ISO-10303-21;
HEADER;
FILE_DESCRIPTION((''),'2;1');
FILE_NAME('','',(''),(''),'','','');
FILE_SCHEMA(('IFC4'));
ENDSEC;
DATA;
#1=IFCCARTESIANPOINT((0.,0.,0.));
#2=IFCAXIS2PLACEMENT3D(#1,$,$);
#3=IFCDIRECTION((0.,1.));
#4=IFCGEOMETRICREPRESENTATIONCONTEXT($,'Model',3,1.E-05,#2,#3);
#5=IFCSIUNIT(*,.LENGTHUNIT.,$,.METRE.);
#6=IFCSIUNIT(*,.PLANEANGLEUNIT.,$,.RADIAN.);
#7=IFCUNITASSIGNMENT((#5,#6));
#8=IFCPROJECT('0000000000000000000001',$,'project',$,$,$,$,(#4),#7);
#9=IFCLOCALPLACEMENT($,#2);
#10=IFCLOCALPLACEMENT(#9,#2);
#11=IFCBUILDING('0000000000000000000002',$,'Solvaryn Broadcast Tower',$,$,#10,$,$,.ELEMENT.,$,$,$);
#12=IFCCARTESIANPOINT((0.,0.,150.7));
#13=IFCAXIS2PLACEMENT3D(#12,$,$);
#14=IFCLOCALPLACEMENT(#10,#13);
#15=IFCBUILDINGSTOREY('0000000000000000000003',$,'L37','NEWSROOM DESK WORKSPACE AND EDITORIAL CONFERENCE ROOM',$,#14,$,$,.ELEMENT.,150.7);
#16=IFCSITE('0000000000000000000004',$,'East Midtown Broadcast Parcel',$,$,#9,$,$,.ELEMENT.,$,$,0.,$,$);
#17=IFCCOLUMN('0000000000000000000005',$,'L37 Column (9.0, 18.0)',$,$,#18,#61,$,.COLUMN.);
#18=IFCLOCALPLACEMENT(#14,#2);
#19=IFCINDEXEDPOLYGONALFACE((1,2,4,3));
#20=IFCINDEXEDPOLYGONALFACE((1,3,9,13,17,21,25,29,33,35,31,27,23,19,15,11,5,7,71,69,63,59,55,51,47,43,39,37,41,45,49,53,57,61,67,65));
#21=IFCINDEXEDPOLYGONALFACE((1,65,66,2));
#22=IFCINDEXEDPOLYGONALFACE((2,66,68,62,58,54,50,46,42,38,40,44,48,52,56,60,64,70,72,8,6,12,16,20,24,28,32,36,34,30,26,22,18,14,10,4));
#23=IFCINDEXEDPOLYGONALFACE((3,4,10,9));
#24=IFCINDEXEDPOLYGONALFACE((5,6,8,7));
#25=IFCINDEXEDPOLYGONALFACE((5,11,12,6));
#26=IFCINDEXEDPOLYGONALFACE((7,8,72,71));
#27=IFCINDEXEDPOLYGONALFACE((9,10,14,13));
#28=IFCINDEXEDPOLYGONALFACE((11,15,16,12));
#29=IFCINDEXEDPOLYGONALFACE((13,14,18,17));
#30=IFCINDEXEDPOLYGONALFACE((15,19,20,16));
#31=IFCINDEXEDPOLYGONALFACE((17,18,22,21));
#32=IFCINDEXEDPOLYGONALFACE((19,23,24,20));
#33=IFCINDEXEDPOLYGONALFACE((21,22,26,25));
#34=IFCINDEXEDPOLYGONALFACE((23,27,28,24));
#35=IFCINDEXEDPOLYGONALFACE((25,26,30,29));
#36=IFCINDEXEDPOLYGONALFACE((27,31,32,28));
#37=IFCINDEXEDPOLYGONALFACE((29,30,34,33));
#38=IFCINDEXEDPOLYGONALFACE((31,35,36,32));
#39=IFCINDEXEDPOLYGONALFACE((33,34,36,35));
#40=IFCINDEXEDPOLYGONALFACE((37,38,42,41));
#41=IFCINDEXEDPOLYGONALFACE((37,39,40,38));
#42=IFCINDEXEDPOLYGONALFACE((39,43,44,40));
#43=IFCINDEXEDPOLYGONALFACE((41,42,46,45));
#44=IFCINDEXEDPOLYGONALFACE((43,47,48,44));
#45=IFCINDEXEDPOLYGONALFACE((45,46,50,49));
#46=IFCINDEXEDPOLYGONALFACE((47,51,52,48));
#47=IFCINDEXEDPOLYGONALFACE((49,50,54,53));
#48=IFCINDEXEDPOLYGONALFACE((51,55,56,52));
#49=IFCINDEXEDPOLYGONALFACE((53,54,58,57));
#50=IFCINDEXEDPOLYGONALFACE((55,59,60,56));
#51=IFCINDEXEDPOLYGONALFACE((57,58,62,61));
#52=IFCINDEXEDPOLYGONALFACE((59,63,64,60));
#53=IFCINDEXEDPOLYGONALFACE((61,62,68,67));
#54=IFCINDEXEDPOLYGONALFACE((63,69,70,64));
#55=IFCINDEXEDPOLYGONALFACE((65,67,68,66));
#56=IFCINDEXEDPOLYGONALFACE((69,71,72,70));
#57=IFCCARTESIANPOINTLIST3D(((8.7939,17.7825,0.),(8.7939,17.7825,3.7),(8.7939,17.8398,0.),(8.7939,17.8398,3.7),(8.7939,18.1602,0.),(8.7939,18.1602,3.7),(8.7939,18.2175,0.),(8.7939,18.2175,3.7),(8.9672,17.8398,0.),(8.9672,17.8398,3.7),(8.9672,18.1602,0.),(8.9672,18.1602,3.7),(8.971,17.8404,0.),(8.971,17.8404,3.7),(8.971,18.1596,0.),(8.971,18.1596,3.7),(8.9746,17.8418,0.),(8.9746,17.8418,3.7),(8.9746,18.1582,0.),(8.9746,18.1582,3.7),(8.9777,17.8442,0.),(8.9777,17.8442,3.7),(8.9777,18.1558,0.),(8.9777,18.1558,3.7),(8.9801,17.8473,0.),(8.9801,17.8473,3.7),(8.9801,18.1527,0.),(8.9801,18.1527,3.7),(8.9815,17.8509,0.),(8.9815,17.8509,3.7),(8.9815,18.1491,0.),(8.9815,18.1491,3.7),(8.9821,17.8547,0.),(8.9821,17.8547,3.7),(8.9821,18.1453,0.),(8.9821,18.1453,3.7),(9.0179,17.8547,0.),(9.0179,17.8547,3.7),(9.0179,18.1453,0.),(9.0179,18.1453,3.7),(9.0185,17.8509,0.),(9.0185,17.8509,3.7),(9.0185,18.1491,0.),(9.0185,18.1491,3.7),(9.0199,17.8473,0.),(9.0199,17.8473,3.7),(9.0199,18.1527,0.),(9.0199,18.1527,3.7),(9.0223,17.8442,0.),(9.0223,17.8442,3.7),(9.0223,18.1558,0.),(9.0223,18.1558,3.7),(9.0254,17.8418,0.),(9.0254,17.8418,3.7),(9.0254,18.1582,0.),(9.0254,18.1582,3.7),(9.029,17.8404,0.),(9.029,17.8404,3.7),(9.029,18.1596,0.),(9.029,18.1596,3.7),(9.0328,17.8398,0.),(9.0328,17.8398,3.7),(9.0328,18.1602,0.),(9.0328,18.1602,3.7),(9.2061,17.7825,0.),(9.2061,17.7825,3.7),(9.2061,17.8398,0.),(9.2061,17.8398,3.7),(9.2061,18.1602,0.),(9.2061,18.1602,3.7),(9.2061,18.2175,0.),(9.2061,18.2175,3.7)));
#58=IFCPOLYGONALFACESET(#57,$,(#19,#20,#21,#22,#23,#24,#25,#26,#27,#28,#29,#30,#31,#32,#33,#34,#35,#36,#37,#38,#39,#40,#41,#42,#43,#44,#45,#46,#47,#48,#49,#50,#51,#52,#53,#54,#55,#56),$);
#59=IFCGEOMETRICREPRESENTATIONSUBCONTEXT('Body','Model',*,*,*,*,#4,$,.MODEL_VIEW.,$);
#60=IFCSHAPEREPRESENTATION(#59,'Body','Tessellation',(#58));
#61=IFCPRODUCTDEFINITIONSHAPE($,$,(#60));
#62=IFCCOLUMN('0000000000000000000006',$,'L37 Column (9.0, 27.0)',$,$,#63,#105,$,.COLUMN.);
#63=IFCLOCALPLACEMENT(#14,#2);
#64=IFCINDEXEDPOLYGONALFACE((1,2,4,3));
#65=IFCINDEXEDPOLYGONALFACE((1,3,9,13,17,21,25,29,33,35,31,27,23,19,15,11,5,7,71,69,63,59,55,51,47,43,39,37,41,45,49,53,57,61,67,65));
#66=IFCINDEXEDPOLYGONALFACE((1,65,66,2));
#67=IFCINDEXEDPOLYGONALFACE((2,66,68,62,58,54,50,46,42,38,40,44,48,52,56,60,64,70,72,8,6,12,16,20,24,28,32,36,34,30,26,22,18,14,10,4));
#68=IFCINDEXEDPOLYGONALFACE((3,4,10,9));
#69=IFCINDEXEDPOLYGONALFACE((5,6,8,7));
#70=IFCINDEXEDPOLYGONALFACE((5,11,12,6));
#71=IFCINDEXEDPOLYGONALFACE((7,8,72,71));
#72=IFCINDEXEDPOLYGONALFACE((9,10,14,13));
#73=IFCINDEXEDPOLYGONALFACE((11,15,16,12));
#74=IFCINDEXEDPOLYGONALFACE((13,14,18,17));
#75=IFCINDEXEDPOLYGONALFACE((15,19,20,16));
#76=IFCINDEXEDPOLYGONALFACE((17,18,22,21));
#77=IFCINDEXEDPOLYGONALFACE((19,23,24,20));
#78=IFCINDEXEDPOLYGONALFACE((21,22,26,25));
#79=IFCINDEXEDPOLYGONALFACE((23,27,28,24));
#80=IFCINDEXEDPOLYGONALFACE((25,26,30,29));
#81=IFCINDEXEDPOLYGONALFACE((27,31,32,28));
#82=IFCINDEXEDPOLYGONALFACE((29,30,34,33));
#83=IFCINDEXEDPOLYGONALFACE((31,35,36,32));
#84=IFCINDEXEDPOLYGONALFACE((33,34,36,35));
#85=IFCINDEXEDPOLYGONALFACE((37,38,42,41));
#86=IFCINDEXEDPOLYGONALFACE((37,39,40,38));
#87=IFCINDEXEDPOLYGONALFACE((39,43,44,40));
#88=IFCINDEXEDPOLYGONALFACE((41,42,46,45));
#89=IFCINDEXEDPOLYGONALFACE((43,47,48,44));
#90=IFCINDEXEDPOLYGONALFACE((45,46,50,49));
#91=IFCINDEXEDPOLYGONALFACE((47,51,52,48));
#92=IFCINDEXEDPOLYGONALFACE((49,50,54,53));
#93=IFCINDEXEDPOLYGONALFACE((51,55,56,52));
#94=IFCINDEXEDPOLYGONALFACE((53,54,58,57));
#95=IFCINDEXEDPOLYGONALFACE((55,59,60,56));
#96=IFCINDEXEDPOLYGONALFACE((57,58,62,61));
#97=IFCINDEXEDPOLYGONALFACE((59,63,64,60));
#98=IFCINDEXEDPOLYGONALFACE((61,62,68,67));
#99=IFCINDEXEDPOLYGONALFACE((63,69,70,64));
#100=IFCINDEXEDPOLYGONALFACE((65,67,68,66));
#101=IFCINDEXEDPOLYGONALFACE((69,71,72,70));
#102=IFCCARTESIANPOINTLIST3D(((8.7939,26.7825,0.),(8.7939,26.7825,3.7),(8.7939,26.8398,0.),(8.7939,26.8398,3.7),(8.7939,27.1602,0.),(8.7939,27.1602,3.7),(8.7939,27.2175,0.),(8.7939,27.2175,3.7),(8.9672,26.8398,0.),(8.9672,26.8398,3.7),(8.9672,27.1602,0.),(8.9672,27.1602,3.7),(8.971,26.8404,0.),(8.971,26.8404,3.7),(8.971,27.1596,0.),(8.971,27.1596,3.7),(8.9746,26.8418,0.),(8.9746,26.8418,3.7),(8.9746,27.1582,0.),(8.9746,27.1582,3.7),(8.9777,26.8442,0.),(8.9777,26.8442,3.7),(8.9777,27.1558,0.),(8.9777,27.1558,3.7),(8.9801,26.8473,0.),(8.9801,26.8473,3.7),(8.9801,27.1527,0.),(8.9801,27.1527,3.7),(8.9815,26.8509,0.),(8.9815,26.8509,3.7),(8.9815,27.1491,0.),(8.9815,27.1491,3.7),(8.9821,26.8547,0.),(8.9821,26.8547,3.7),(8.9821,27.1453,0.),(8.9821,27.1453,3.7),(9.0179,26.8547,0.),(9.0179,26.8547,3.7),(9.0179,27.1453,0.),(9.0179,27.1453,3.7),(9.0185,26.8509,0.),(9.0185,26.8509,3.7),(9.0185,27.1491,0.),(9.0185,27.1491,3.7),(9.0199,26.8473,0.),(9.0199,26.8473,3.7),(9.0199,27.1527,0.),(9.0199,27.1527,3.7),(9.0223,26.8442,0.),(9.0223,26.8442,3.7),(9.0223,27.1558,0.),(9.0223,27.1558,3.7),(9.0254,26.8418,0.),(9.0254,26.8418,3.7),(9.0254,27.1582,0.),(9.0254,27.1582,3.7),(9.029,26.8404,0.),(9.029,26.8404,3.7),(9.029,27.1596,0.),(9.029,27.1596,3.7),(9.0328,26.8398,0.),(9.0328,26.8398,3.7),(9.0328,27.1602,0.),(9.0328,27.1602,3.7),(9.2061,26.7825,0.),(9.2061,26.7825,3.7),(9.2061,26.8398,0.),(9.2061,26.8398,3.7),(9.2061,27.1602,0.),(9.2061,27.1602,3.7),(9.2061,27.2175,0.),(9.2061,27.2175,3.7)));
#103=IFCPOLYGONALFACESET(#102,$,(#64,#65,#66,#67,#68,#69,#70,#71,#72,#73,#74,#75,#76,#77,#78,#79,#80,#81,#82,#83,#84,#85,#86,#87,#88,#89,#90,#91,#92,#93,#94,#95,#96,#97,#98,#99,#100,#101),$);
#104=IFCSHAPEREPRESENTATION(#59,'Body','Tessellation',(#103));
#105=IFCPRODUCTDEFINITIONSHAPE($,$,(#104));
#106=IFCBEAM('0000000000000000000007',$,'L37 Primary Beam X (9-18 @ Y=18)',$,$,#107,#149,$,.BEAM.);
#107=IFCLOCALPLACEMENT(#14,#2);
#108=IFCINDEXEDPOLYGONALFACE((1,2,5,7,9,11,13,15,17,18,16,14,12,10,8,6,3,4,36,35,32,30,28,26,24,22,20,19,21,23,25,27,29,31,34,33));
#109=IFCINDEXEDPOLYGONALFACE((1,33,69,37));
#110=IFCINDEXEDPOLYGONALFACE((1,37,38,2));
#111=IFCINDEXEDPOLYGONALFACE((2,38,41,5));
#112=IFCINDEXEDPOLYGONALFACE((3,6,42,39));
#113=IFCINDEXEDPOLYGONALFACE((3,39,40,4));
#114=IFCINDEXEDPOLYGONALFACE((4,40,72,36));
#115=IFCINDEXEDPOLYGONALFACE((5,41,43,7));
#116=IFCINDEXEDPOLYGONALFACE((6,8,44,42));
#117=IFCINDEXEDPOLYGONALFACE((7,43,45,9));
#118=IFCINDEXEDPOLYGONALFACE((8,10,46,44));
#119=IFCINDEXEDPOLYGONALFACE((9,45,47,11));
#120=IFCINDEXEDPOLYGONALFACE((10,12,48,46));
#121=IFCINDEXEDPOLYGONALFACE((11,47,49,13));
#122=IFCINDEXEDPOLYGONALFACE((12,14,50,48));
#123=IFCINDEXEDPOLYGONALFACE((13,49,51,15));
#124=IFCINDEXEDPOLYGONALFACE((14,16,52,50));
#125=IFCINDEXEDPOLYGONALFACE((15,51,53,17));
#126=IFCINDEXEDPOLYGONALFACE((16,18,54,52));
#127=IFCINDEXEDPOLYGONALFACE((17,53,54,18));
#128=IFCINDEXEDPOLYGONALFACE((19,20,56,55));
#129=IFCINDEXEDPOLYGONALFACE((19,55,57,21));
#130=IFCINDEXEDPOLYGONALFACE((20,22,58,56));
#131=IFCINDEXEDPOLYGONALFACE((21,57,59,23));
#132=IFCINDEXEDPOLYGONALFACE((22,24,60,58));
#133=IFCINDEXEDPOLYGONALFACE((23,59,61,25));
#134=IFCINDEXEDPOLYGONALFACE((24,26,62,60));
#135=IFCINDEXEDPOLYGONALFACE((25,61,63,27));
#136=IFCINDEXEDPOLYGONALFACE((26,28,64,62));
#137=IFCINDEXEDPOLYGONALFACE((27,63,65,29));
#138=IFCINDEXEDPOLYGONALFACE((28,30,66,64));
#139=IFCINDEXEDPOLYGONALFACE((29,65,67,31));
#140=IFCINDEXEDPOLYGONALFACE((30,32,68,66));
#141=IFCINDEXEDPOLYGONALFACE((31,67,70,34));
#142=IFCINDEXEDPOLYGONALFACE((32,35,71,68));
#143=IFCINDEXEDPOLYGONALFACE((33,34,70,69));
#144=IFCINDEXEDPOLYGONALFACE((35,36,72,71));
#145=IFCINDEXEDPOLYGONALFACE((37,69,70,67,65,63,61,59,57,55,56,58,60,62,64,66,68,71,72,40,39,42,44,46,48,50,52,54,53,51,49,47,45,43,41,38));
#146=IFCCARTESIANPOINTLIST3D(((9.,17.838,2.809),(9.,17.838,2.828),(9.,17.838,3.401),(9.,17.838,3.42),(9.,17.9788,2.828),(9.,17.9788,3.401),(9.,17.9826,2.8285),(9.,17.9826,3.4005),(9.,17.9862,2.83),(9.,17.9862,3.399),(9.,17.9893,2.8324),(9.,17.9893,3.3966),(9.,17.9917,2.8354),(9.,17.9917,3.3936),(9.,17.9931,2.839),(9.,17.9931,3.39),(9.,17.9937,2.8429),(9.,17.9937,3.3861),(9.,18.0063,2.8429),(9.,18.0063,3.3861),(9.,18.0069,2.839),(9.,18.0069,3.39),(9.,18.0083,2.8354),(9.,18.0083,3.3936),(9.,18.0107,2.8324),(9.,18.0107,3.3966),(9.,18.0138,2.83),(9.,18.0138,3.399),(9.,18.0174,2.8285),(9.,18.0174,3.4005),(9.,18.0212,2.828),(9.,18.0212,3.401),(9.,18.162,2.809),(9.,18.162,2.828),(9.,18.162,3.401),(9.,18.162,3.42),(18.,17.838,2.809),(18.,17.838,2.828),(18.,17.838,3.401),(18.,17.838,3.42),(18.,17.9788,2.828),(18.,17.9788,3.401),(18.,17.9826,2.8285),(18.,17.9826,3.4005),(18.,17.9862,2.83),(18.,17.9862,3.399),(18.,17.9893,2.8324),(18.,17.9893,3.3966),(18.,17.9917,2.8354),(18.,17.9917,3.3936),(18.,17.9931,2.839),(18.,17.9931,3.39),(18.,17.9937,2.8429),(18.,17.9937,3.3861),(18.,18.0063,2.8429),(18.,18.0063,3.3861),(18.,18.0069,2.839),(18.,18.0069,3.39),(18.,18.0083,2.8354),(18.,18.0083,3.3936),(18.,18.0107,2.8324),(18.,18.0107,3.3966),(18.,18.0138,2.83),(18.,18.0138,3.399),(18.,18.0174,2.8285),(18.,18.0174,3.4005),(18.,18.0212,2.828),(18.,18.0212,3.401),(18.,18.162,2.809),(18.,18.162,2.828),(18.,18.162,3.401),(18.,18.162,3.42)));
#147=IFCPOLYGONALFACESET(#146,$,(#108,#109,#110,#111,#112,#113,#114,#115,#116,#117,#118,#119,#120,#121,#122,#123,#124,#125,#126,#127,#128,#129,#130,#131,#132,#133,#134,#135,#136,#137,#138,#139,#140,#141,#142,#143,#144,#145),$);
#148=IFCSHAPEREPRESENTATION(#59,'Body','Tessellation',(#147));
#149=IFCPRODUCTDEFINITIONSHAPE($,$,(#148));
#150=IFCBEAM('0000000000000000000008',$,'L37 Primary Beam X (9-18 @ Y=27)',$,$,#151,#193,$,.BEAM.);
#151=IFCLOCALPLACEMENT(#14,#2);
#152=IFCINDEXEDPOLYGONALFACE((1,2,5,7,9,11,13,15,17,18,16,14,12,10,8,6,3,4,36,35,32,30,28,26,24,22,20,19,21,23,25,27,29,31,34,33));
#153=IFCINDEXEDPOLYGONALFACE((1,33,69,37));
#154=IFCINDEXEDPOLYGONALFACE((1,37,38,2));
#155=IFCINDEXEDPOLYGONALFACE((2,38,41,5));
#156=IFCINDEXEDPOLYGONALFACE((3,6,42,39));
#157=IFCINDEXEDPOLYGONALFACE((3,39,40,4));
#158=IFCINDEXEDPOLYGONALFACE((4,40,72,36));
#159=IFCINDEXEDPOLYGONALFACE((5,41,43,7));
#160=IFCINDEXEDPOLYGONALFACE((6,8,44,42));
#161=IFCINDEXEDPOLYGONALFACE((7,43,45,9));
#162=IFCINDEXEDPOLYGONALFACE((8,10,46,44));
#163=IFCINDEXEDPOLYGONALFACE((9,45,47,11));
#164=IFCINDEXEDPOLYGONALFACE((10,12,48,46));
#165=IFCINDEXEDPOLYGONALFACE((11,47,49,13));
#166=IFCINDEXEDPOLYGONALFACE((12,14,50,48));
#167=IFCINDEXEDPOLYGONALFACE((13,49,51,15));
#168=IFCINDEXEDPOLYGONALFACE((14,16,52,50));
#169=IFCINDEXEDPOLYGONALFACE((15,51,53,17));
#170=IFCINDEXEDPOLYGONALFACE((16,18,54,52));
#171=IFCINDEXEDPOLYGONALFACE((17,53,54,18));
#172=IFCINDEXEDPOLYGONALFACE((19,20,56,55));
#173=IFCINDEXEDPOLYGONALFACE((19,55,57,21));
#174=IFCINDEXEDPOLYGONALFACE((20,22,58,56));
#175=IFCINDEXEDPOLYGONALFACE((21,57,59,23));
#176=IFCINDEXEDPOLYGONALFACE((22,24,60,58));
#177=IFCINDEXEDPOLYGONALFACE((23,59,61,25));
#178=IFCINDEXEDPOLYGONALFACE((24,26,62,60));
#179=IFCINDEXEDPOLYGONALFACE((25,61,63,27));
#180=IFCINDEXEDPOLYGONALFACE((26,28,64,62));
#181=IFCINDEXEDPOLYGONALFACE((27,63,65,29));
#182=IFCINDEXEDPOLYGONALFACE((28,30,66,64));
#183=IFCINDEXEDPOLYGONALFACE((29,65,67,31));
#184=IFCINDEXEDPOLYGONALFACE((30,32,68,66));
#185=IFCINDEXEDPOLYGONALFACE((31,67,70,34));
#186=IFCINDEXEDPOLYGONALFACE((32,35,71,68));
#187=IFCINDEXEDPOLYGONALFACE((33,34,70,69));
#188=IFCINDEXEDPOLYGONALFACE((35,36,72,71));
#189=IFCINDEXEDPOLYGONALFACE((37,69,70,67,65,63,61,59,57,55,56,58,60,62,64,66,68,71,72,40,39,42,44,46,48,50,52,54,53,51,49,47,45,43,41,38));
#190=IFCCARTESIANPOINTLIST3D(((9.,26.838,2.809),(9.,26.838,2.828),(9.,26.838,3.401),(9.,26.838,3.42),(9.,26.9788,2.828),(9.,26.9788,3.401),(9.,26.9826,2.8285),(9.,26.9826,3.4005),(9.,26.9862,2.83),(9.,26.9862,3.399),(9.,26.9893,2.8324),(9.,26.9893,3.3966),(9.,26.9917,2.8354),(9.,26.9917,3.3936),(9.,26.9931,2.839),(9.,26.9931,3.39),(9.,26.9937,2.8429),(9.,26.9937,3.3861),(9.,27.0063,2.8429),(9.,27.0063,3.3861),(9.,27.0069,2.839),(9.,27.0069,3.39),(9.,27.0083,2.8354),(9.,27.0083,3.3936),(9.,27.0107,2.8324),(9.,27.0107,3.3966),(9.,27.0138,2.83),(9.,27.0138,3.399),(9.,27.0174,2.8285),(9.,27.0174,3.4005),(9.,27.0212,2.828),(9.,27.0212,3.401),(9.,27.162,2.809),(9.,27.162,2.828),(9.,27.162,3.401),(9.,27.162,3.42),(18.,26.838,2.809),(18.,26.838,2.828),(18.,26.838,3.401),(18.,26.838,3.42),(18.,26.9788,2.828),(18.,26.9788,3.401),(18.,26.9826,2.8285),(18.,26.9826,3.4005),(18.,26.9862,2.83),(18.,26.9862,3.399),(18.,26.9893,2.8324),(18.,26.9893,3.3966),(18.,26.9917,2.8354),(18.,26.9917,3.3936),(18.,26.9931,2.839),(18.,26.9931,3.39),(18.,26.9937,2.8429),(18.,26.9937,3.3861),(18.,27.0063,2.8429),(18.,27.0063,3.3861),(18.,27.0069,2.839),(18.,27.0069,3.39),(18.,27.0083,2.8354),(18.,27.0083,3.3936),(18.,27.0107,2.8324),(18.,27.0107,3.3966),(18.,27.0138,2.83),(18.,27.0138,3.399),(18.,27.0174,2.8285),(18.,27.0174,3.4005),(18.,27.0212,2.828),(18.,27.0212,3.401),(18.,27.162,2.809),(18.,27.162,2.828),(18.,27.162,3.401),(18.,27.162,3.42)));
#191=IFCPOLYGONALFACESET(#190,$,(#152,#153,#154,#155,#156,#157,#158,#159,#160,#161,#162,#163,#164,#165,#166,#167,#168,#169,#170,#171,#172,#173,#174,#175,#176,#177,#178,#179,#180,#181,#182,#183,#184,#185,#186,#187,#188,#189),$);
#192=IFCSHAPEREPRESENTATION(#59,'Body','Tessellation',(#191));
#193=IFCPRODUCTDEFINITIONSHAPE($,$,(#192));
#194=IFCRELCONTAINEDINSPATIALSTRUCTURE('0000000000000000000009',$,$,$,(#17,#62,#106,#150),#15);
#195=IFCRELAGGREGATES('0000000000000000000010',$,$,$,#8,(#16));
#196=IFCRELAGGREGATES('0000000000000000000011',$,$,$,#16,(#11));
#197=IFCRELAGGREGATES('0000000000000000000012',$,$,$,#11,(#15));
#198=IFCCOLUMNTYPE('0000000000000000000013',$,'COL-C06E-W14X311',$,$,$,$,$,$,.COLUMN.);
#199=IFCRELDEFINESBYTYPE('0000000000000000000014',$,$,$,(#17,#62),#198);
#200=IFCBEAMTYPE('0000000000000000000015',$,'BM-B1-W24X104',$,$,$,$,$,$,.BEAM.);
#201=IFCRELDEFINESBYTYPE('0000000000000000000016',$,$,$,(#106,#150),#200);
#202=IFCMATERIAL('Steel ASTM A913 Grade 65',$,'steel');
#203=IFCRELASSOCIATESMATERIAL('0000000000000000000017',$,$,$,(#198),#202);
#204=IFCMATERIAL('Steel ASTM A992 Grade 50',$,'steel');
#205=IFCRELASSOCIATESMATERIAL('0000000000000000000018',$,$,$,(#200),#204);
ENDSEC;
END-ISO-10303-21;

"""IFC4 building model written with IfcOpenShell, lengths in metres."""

from ifc_helpers import new_model, si_unit, direction, frame, origin, origin_2d, place, context, subcontext, project, spatial, i_section, extrude, material, material_profile, profile_set, type_object, element, save


model = new_model("IFC4")

# Units and contexts
model_context = context("Model", 3, precision=1e-05, world=origin(), true_north=direction((0.0, 1.0)))
body_context = subcontext(model_context, "Body", "Model", "MODEL_VIEW")
ifc_project = project(units=[si_unit("LENGTHUNIT", "METRE"), si_unit("PLANEANGLEUNIT", "RADIAN")], contexts=[model_context])

# Site, building, storey
site_placement = place(None, origin())
site = spatial("IfcSite", under=ifc_project, at=site_placement, Name="East Midtown Broadcast Parcel", CompositionType="ELEMENT", RefElevation=0.0)
building_placement = place(site_placement, origin())
building = spatial("IfcBuilding", under=site, at=building_placement, Name="Solvaryn Broadcast Tower", CompositionType="ELEMENT")
storey_placement = place(building_placement, frame((0.0, 0.0, 150.7)))
storey = spatial("IfcBuildingStorey", under=building, at=storey_placement, Name="L37", Description="NEWSROOM DESK WORKSPACE AND EDITORIAL CONFERENCE ROOM", CompositionType="ELEMENT", Elevation=150.7)

# Columns
ifc_material_1 = material(Name="Steel ASTM A913 Grade 65", Category="steel")
ifc_material_profile_1 = material_profile(ifc_material_1, i_section(OverallWidth=0.4121, OverallDepth=0.4351, WebThickness=0.0359, FlangeThickness=0.0574, FilletRadius=0.0149, at=origin_2d()))
ifc_profile_set_1 = profile_set([ifc_material_profile_1], Name="Steel ASTM A913 Grade 65")
column_type = type_object("IfcColumnType", Name="COL-C06E-W14X311", PredefinedType="COLUMN", material=ifc_profile_set_1)
for number, where, z_axis, x_axis, name in (
    (1, (9.0, 18.0, 0.0), (0.0, 0.0, 1.0), (1.0, 0.0, 0.0), "L37 Column (9.0, 18.0)"),
    (2, (9.0, 27.0, 0.0), (0.0, 0.0, 1.0), (1.0, 0.0, 0.0), "L37 Column (9.0, 27.0)"),
):
    element("IfcColumn", number, at=place(storey_placement, frame(where, z_axis=z_axis, x_axis=x_axis)), inside=storey, type_object=column_type, Name=name, PredefinedType="COLUMN", context=body_context, shape_type="SweptSolid", body=[
        extrude(i_section(OverallWidth=0.4121, OverallDepth=0.4351, WebThickness=0.0359, FlangeThickness=0.0574, FilletRadius=0.0149, at=origin_2d()), origin(), (0.0, 0.0, 1.0), 3.7),
    ])

# Beams
ifc_material_2 = material(Name="Steel ASTM A992 Grade 50", Category="steel")
ifc_material_profile_2 = material_profile(ifc_material_2, i_section(OverallWidth=0.324, OverallDepth=0.6111, WebThickness=0.0127, FlangeThickness=0.019, FilletRadius=0.0149, at=origin_2d()))
ifc_profile_set_2 = profile_set([ifc_material_profile_2], Name="Steel ASTM A992 Grade 50")
beam_type_1 = type_object("IfcBeamType", Name="BM-B1-W24X104", PredefinedType="BEAM", material=ifc_profile_set_2)
for number, where, z_axis, x_axis, name in (
    (3, (9.0, 18.0, 3.1145), (1.0, 0.0, 0.0), (0.0, 1.0, 0.0), "L37 Primary Beam X (9-18 @ Y=18)"),
    (4, (9.0, 27.0, 3.1145), (1.0, 0.0, 0.0), (0.0, 1.0, 0.0), "L37 Primary Beam X (9-18 @ Y=27)"),
):
    element("IfcBeam", number, at=place(storey_placement, frame(where, z_axis=z_axis, x_axis=x_axis)), inside=storey, type_object=beam_type_1, Name=name, PredefinedType="BEAM", context=body_context, shape_type="SweptSolid", body=[
        extrude(i_section(OverallWidth=0.324, OverallDepth=0.6111, WebThickness=0.0127, FlangeThickness=0.019, FilletRadius=0.0149, at=origin_2d()), origin(), (0.0, 0.0, 1.0), 9.0),
    ])

save(model, "model.ifc")
